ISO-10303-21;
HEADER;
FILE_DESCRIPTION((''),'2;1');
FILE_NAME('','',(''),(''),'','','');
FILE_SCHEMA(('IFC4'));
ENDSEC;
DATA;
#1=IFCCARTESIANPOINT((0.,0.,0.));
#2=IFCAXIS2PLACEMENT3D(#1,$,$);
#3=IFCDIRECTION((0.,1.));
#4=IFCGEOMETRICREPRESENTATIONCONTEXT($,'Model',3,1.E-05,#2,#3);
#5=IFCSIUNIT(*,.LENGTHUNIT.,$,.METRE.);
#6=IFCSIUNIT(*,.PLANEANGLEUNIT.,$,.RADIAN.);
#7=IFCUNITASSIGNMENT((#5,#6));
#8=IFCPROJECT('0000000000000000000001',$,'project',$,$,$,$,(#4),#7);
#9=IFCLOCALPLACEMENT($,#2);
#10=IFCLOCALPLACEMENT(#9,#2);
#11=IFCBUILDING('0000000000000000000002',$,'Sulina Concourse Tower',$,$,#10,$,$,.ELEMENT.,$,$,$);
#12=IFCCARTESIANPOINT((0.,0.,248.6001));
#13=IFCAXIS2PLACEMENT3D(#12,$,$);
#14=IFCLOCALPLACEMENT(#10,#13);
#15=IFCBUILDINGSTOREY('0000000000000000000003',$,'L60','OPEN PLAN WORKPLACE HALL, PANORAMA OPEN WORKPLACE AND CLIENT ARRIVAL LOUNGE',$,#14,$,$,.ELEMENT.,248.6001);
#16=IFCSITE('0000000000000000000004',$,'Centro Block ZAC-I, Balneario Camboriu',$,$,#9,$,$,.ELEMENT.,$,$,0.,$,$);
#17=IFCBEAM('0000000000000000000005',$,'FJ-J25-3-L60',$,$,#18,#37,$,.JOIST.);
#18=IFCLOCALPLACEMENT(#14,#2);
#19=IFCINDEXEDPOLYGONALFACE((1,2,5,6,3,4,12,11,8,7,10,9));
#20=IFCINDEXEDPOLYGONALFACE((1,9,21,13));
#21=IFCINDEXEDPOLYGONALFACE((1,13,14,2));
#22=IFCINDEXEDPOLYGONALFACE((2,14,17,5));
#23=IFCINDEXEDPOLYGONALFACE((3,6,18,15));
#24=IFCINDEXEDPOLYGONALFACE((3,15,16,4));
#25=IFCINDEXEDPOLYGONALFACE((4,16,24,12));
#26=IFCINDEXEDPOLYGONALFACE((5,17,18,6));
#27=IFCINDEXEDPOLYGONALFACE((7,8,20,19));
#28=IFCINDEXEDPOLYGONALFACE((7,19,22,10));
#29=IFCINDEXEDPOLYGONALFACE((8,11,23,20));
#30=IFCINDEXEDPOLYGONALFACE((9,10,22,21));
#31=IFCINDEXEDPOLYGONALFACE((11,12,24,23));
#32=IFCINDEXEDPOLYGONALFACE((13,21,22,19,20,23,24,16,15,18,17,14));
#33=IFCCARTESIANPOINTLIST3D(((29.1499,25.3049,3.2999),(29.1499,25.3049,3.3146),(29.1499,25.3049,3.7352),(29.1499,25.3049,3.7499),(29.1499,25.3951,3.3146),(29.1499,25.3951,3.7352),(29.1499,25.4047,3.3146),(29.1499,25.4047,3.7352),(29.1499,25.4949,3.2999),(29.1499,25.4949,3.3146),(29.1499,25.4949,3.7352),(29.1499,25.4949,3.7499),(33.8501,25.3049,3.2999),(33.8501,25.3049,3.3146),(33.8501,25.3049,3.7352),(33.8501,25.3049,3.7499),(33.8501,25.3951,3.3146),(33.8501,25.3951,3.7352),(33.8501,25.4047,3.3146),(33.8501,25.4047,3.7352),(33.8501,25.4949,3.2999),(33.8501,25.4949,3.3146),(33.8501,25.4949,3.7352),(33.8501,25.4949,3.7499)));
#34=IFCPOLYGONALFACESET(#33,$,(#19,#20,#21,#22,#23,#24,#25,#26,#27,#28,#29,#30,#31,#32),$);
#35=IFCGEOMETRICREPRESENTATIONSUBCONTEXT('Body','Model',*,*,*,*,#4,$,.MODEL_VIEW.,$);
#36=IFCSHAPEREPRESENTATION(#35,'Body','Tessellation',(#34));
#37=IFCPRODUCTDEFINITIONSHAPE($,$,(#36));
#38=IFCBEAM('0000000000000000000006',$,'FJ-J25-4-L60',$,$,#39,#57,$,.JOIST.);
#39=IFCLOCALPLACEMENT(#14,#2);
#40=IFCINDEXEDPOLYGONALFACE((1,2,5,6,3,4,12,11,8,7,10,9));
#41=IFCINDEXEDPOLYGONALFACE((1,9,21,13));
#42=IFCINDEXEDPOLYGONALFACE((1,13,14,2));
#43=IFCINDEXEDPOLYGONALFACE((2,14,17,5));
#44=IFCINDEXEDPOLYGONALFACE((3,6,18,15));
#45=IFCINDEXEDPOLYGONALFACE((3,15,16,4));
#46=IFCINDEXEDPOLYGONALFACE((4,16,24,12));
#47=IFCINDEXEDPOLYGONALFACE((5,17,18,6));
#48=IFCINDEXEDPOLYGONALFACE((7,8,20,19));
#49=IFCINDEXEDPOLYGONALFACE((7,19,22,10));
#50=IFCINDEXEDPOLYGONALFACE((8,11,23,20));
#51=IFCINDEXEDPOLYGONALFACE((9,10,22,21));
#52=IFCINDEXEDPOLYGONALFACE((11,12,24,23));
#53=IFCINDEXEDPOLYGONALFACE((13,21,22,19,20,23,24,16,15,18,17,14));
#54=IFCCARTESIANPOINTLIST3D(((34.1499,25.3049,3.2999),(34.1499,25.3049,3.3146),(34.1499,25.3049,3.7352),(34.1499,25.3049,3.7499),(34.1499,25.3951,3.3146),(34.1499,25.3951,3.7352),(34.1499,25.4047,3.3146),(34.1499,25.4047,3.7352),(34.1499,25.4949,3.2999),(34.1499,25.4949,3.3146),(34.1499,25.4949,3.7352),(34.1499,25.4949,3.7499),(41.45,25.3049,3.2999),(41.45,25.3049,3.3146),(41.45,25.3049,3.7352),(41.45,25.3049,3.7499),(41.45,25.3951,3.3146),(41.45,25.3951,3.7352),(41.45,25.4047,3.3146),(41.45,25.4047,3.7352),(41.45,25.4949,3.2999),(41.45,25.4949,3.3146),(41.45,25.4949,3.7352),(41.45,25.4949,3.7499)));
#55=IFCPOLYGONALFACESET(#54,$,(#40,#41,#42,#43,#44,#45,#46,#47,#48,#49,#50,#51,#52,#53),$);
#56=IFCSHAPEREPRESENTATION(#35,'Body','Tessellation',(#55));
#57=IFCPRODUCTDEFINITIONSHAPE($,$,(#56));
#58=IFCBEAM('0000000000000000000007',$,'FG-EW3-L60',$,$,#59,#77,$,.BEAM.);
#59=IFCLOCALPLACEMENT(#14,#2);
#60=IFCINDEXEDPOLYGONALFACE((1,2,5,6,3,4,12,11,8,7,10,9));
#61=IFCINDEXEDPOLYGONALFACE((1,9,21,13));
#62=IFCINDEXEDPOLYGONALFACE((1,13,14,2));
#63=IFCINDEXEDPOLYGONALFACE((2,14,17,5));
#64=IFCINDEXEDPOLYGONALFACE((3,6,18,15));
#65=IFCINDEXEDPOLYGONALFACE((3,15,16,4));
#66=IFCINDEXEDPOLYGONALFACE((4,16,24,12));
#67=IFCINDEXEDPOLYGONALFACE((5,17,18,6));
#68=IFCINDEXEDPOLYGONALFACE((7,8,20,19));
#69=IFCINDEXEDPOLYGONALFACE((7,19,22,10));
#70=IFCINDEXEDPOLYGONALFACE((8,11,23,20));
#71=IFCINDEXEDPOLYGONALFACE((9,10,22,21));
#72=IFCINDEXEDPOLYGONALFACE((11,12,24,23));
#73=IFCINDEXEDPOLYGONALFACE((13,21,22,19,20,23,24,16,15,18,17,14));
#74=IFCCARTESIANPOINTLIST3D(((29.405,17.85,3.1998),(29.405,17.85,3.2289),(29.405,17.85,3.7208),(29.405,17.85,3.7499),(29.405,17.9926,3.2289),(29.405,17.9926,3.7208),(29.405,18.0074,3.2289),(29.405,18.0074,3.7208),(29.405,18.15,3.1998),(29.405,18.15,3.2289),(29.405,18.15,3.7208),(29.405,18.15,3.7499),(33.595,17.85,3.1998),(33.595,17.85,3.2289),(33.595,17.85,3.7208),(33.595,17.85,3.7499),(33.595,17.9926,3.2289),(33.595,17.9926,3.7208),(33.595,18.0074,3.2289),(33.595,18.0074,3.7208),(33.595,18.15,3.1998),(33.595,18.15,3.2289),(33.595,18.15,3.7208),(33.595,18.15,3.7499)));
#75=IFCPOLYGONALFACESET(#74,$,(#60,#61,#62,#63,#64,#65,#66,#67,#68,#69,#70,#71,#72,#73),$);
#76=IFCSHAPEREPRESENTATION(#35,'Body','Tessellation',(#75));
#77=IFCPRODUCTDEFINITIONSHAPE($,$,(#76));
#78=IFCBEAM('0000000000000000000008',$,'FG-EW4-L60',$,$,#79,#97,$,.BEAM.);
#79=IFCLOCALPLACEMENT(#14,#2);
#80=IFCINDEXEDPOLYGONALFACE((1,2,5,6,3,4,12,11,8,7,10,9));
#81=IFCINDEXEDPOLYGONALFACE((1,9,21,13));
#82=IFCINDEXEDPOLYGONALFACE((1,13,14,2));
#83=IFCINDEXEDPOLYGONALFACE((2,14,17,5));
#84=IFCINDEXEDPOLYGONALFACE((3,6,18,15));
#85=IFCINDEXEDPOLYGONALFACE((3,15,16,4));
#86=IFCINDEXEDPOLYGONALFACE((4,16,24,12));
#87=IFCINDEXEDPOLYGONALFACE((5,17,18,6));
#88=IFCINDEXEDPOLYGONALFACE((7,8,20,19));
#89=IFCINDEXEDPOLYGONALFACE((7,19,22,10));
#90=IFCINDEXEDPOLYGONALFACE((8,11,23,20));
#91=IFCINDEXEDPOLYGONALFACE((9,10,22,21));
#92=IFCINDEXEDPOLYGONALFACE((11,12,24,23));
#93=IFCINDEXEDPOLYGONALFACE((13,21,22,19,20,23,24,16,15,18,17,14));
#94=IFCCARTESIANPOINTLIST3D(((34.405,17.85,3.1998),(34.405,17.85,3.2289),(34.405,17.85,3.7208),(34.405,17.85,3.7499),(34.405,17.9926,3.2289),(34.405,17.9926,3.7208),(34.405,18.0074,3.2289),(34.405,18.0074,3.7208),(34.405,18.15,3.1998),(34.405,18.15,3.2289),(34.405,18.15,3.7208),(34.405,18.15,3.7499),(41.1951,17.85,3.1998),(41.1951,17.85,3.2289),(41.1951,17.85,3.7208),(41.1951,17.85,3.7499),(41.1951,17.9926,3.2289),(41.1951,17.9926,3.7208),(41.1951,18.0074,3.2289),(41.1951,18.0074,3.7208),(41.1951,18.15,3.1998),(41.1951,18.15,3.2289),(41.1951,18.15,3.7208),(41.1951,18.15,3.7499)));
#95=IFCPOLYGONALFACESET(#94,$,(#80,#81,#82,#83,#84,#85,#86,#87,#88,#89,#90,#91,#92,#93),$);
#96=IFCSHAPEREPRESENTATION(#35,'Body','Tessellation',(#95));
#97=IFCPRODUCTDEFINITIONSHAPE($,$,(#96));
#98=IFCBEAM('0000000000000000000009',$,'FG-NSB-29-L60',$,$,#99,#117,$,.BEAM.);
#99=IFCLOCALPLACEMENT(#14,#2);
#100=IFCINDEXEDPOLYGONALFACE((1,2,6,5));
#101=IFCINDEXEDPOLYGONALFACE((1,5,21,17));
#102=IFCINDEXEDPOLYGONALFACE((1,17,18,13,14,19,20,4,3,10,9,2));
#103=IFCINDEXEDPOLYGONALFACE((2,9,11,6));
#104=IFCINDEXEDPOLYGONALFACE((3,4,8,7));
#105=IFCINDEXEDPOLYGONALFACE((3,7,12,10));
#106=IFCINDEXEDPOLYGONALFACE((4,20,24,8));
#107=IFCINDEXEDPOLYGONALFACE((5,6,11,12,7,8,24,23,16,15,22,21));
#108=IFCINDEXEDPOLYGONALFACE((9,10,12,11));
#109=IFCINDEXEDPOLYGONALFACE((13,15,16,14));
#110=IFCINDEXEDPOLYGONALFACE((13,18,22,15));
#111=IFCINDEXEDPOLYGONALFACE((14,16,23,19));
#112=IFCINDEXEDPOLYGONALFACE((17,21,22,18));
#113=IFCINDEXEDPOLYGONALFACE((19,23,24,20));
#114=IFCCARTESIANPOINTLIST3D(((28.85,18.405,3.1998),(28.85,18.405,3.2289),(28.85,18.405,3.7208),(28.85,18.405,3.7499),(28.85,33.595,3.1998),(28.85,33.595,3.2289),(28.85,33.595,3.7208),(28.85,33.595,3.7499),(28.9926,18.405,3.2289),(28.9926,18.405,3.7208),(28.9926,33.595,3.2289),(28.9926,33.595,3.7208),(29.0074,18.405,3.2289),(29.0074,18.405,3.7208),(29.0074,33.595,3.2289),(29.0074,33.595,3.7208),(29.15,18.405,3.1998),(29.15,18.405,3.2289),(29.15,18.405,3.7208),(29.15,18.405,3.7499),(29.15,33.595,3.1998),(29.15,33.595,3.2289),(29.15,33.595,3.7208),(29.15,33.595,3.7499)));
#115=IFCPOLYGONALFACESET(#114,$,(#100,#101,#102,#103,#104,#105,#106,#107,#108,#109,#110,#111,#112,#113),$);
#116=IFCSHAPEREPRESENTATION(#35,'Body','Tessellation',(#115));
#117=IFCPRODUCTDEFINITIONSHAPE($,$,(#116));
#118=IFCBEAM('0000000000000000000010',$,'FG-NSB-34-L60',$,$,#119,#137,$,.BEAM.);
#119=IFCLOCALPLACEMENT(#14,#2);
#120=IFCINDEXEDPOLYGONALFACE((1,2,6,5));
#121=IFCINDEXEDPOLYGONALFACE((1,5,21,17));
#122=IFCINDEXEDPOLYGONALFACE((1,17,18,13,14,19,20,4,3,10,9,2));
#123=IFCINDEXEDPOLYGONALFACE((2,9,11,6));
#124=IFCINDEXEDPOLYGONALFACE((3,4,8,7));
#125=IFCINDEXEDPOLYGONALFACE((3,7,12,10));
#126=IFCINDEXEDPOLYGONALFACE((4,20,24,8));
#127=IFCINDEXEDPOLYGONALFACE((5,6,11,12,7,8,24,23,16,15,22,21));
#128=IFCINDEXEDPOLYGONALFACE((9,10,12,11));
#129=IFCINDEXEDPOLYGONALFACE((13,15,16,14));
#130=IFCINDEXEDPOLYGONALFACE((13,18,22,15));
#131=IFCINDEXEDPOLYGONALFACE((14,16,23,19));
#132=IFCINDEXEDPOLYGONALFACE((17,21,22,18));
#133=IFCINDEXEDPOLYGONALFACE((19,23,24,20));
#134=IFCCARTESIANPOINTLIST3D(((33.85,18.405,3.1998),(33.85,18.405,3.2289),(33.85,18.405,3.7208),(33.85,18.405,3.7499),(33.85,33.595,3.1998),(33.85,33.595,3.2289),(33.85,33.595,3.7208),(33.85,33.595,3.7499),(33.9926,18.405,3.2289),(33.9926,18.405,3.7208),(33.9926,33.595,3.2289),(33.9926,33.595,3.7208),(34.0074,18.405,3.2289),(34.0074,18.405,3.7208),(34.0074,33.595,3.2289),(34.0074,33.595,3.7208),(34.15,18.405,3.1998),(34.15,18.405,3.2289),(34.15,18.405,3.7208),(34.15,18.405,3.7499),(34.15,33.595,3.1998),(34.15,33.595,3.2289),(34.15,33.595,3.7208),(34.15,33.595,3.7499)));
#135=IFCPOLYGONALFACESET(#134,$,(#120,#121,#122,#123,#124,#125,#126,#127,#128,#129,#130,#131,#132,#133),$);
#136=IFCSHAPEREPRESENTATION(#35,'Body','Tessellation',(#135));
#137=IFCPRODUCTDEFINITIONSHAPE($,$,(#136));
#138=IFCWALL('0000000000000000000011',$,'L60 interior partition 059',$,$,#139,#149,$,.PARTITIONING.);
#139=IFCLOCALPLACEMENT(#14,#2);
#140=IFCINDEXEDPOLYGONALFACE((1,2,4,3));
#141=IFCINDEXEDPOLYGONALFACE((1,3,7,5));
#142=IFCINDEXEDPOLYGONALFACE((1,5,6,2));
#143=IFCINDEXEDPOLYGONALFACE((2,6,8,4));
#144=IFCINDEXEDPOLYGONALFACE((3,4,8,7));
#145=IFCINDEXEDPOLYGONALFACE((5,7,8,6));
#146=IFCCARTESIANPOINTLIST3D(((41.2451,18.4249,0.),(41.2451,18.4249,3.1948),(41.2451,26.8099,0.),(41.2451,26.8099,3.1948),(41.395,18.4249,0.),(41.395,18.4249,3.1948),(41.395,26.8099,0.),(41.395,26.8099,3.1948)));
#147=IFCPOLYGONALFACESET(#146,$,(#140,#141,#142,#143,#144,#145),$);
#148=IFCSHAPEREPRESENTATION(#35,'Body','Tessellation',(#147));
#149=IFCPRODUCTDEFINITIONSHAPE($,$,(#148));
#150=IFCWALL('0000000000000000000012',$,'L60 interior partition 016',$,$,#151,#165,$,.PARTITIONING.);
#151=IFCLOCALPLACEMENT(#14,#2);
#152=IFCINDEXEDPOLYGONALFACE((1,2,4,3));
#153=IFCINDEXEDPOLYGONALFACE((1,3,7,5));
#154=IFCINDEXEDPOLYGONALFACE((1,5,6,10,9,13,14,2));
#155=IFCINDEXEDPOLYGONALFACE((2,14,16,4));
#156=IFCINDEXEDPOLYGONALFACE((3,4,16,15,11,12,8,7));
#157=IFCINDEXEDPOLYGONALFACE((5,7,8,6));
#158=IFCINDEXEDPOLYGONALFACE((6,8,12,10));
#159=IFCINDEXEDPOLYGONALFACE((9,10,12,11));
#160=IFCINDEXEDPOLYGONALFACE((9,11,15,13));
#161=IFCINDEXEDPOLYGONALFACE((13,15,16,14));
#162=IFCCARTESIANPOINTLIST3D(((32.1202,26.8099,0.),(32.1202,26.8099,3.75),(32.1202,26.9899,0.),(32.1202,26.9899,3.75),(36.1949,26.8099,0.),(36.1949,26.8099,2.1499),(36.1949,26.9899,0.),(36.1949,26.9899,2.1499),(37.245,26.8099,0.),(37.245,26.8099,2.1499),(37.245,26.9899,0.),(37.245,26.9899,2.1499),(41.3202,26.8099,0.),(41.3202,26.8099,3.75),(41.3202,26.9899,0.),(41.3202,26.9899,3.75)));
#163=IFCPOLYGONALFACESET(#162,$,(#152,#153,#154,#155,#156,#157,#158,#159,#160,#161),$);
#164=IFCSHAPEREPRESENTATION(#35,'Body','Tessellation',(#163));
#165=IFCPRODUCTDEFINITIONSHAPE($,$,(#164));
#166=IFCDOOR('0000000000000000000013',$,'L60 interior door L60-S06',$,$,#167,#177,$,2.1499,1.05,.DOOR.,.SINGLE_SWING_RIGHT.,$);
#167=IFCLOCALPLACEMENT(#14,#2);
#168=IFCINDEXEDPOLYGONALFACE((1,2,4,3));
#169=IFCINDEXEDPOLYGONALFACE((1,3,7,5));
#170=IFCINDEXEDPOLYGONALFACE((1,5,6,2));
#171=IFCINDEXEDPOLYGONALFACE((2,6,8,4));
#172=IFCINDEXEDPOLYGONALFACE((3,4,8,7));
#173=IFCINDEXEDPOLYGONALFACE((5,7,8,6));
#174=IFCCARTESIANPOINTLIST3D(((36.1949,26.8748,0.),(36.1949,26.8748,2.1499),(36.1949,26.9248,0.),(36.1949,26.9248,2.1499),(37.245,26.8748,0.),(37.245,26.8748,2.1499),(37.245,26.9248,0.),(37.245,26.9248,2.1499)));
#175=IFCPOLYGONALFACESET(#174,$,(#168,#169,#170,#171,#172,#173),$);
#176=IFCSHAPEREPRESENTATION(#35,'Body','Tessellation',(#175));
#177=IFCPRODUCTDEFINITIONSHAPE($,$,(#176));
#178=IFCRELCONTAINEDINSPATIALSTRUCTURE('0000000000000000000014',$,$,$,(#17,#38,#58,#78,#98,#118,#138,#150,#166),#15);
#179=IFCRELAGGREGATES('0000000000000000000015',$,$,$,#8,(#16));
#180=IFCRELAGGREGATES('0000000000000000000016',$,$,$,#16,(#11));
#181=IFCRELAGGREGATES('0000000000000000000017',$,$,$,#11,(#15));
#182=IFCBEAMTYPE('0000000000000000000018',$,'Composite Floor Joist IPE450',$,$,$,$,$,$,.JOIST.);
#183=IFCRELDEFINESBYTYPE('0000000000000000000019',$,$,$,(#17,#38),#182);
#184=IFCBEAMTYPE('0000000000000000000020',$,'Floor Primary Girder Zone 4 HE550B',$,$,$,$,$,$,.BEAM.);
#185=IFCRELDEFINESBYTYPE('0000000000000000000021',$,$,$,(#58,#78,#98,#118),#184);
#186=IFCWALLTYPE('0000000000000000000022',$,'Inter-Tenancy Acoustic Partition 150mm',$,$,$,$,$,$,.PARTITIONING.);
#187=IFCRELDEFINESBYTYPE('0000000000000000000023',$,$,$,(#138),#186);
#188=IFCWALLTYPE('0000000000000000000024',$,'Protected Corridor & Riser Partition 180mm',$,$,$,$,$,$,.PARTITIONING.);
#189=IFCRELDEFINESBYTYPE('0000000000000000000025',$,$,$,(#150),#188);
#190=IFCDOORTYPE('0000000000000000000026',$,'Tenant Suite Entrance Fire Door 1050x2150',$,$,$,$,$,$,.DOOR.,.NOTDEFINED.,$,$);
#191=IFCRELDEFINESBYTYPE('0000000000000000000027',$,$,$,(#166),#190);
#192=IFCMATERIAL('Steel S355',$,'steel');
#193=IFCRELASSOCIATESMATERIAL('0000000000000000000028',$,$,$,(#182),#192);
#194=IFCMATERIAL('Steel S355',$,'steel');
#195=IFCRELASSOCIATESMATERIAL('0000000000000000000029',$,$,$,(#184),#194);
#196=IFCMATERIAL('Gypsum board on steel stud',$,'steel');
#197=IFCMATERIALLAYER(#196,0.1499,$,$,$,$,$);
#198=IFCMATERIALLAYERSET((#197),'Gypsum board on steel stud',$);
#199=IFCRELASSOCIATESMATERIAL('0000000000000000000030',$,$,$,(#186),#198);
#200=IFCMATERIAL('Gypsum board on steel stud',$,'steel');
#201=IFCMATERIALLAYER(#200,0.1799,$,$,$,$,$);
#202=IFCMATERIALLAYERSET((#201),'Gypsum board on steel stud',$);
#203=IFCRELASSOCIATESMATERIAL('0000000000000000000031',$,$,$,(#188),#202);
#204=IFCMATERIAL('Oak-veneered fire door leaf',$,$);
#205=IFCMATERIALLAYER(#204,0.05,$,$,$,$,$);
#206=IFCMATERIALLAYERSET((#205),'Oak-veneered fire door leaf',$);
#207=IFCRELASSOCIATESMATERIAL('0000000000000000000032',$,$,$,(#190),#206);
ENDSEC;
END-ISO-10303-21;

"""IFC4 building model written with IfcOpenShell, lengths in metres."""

from ifc_helpers import new_model, si_unit, direction, frame, frame_2d, origin, origin_2d, place, context, subcontext, project, spatial, rectangle, i_section, extrude, material, layer, layer_set, material_profile, profile_set, type_object, element, fill, save


model = new_model("IFC4")

# Units and contexts
model_context = context("Model", 3, precision=1e-05, world=origin(), true_north=direction((0.0, 1.0)))
body_context = subcontext(model_context, "Body", "Model", "MODEL_VIEW")
ifc_project = project(units=[si_unit("LENGTHUNIT", "METRE"), si_unit("PLANEANGLEUNIT", "RADIAN")], contexts=[model_context])

# Site, building, storey
site_placement = place(None, origin())
site = spatial("IfcSite", under=ifc_project, at=site_placement, Name="Centro Block ZAC-I, Balneario Camboriu", CompositionType="ELEMENT", RefElevation=0.0)
building_placement = place(site_placement, origin())
building = spatial("IfcBuilding", under=site, at=building_placement, Name="Sulina Concourse Tower", CompositionType="ELEMENT")
storey_placement = place(building_placement, frame((0.0, 0.0, 248.6001)))
storey = spatial("IfcBuildingStorey", under=building, at=storey_placement, Name="L60", Description="OPEN PLAN WORKPLACE HALL, PANORAMA OPEN WORKPLACE AND CLIENT ARRIVAL LOUNGE", CompositionType="ELEMENT", Elevation=248.6001)

# Beams
ifc_material_1 = material(Name="Steel S355", Category="steel")
ifc_material_profile_1 = material_profile(ifc_material_1, i_section(OverallWidth=0.1899, OverallDepth=0.45, WebThickness=0.0095, FlangeThickness=0.0146, at=origin_2d()), Name="IPE 450")
ifc_profile_set_1 = profile_set([ifc_material_profile_1], Name="Steel S355")
beam_type_1 = type_object("IfcBeamType", Name="Composite Floor Joist IPE450", PredefinedType="JOIST", material=ifc_profile_set_1)
beam_1_placement = place(storey_placement, frame((29.1499, 25.3999, 3.5249), z_axis=(1.0, 0.0, 0.0), x_axis=(0.0, 1.0, 0.0)))
element("IfcBeam", 1, at=beam_1_placement, inside=storey, type_object=beam_type_1, Name="FJ-J25-3-L60", PredefinedType="JOIST", context=body_context, shape_type="SweptSolid", body=[
    extrude(i_section(OverallWidth=0.1899, OverallDepth=0.45, WebThickness=0.0095, FlangeThickness=0.0146, at=origin_2d()), origin(), (0.0, 0.0, 1.0), 4.7002),
])
beam_2_placement = place(storey_placement, frame((34.1499, 25.3999, 3.5249), z_axis=(1.0, 0.0, 0.0), x_axis=(0.0, 1.0, 0.0)))
element("IfcBeam", 2, at=beam_2_placement, inside=storey, type_object=beam_type_1, Name="FJ-J25-4-L60", PredefinedType="JOIST", context=body_context, shape_type="SweptSolid", body=[
    extrude(i_section(OverallWidth=0.1899, OverallDepth=0.45, WebThickness=0.0095, FlangeThickness=0.0146, at=origin_2d()), origin(), (0.0, 0.0, 1.0), 7.3),
])
ifc_material_2 = material(Name="Steel S355", Category="steel")
ifc_material_profile_2 = material_profile(ifc_material_2, i_section(OverallWidth=0.3, OverallDepth=0.55, WebThickness=0.0149, FlangeThickness=0.0291, at=origin_2d()), Name="HE 550 B")
ifc_profile_set_2 = profile_set([ifc_material_profile_2], Name="Steel S355")
beam_type_2 = type_object("IfcBeamType", Name="Floor Primary Girder Zone 4 HE550B", PredefinedType="BEAM", material=ifc_profile_set_2)
beam_3_placement = place(storey_placement, frame((29.405, 18.0, 3.4749), z_axis=(1.0, 0.0, 0.0), x_axis=(0.0, 1.0, 0.0)))
element("IfcBeam", 3, at=beam_3_placement, inside=storey, type_object=beam_type_2, Name="FG-EW3-L60", PredefinedType="BEAM", context=body_context, shape_type="SweptSolid", body=[
    extrude(i_section(OverallWidth=0.3, OverallDepth=0.55, WebThickness=0.0149, FlangeThickness=0.0291, at=origin_2d()), origin(), (0.0, 0.0, 1.0), 4.1899),
])
beam_4_placement = place(storey_placement, frame((34.405, 18.0, 3.4749), z_axis=(1.0, 0.0, 0.0), x_axis=(0.0, 1.0, 0.0)))
element("IfcBeam", 4, at=beam_4_placement, inside=storey, type_object=beam_type_2, Name="FG-EW4-L60", PredefinedType="BEAM", context=body_context, shape_type="SweptSolid", body=[
    extrude(i_section(OverallWidth=0.3, OverallDepth=0.55, WebThickness=0.0149, FlangeThickness=0.0291, at=origin_2d()), origin(), (0.0, 0.0, 1.0), 6.79),
])
for number, where, z_axis, x_axis, name in (
    (5, (29.0, 18.405, 3.4749), (0.0, 1.0, 0.0), (-1.0, 0.0, 0.0), "FG-NSB-29-L60"),
    (6, (34.0, 18.405, 3.4749), (0.0, 1.0, 0.0), (-1.0, 0.0, 0.0), "FG-NSB-34-L60"),
):
    element("IfcBeam", number, at=place(storey_placement, frame(where, z_axis=z_axis, x_axis=x_axis)), inside=storey, type_object=beam_type_2, Name=name, PredefinedType="BEAM", context=body_context, shape_type="SweptSolid", body=[
        extrude(i_section(OverallWidth=0.3, OverallDepth=0.55, WebThickness=0.0149, FlangeThickness=0.0291, at=origin_2d()), origin(), (0.0, 0.0, 1.0), 15.1899),
    ])

# Wall
ifc_material_3 = material(Name="Gypsum board on steel stud", Category="steel")
ifc_layer_1 = layer(ifc_material_3, 0.1499)
ifc_layer_set_1 = layer_set([ifc_layer_1], Name="Gypsum board on steel stud")
wall_type_1 = type_object("IfcWallType", Name="Inter-Tenancy Acoustic Partition 150mm", PredefinedType="PARTITIONING", material=ifc_layer_set_1)
wall_1_placement = place(storey_placement, frame((41.3201, 18.425, 0.0), z_axis=(0.0, 0.0, 1.0), x_axis=(0.0, 1.0, 0.0)))
element("IfcWall", 7, at=wall_1_placement, inside=storey, type_object=wall_type_1, Name="L60 interior partition 059", PredefinedType="PARTITIONING", context=body_context, shape_type="SweptSolid", body=[
    extrude(rectangle(XDim=8.385, YDim=0.1499, at=frame_2d((4.1924, 0.0))), origin(), (0.0, 0.0, 1.0), 3.1948),
])

# Wall, opening, door
ifc_material_4 = material(Name="Gypsum board on steel stud", Category="steel")
ifc_layer_2 = layer(ifc_material_4, 0.1799)
ifc_layer_set_2 = layer_set([ifc_layer_2], Name="Gypsum board on steel stud")
wall_type_2 = type_object("IfcWallType", Name="Protected Corridor & Riser Partition 180mm", PredefinedType="PARTITIONING", material=ifc_layer_set_2)
wall_2_placement = place(storey_placement, frame((32.1201, 26.8999, 0.0), z_axis=(0.0, 0.0, 1.0), x_axis=(1.0, 0.0, 0.0)))
wall_2 = element("IfcWall", 8, at=wall_2_placement, inside=storey, type_object=wall_type_2, Name="L60 interior partition 016", PredefinedType="PARTITIONING", context=body_context, shape_type="SweptSolid", body=[
    extrude(rectangle(XDim=9.2, YDim=0.1799, at=frame_2d((4.6001, 0.0))), origin(), (0.0, 0.0, 1.0), 3.75),
])
opening_1_placement = place(wall_2_placement, frame((4.075, 0.0, 0.0)))
opening_1 = element("IfcOpeningElement", 9, at=opening_1_placement, cuts=wall_2, PredefinedType="OPENING", context=body_context, shape_type="SweptSolid", body=[
    extrude(rectangle(XDim=1.05, YDim=2.1499, at=frame_2d((0.5249, 1.075))), frame((0.0, 0.0999, 0.0), z_axis=(0.0, -1.0, 0.0), x_axis=(1.0, 0.0, 0.0)), (0.0, 0.0, 1.0), 0.2),
])
ifc_material_5 = material(Name="Oak-veneered fire door leaf")
ifc_layer_3 = layer(ifc_material_5, 0.05)
ifc_layer_set_3 = layer_set([ifc_layer_3], Name="Oak-veneered fire door leaf")
door_type_1 = type_object("IfcDoorType", Name="Tenant Suite Entrance Fire Door 1050x2150", OperationType="NOTDEFINED", PredefinedType="DOOR", material=ifc_layer_set_3)
door_1_placement = place(opening_1_placement, origin())
door_1 = element("IfcDoor", 10, at=door_1_placement, inside=storey, type_object=door_type_1, Name="L60 interior door L60-S06", OperationType="SINGLE_SWING_RIGHT", OverallHeight=2.1499, OverallWidth=1.05, PredefinedType="DOOR", context=body_context, shape_type="SweptSolid", body=[
    extrude(rectangle(XDim=1.05, YDim=2.1499, at=frame_2d((0.5249, 1.075))), frame((0.0, 0.0249, 0.0), z_axis=(0.0, -1.0, 0.0), x_axis=(1.0, 0.0, 0.0)), (0.0, 0.0, 1.0), 0.05),
])
fill(opening_1, door_1)

save(model, "model.ifc")
